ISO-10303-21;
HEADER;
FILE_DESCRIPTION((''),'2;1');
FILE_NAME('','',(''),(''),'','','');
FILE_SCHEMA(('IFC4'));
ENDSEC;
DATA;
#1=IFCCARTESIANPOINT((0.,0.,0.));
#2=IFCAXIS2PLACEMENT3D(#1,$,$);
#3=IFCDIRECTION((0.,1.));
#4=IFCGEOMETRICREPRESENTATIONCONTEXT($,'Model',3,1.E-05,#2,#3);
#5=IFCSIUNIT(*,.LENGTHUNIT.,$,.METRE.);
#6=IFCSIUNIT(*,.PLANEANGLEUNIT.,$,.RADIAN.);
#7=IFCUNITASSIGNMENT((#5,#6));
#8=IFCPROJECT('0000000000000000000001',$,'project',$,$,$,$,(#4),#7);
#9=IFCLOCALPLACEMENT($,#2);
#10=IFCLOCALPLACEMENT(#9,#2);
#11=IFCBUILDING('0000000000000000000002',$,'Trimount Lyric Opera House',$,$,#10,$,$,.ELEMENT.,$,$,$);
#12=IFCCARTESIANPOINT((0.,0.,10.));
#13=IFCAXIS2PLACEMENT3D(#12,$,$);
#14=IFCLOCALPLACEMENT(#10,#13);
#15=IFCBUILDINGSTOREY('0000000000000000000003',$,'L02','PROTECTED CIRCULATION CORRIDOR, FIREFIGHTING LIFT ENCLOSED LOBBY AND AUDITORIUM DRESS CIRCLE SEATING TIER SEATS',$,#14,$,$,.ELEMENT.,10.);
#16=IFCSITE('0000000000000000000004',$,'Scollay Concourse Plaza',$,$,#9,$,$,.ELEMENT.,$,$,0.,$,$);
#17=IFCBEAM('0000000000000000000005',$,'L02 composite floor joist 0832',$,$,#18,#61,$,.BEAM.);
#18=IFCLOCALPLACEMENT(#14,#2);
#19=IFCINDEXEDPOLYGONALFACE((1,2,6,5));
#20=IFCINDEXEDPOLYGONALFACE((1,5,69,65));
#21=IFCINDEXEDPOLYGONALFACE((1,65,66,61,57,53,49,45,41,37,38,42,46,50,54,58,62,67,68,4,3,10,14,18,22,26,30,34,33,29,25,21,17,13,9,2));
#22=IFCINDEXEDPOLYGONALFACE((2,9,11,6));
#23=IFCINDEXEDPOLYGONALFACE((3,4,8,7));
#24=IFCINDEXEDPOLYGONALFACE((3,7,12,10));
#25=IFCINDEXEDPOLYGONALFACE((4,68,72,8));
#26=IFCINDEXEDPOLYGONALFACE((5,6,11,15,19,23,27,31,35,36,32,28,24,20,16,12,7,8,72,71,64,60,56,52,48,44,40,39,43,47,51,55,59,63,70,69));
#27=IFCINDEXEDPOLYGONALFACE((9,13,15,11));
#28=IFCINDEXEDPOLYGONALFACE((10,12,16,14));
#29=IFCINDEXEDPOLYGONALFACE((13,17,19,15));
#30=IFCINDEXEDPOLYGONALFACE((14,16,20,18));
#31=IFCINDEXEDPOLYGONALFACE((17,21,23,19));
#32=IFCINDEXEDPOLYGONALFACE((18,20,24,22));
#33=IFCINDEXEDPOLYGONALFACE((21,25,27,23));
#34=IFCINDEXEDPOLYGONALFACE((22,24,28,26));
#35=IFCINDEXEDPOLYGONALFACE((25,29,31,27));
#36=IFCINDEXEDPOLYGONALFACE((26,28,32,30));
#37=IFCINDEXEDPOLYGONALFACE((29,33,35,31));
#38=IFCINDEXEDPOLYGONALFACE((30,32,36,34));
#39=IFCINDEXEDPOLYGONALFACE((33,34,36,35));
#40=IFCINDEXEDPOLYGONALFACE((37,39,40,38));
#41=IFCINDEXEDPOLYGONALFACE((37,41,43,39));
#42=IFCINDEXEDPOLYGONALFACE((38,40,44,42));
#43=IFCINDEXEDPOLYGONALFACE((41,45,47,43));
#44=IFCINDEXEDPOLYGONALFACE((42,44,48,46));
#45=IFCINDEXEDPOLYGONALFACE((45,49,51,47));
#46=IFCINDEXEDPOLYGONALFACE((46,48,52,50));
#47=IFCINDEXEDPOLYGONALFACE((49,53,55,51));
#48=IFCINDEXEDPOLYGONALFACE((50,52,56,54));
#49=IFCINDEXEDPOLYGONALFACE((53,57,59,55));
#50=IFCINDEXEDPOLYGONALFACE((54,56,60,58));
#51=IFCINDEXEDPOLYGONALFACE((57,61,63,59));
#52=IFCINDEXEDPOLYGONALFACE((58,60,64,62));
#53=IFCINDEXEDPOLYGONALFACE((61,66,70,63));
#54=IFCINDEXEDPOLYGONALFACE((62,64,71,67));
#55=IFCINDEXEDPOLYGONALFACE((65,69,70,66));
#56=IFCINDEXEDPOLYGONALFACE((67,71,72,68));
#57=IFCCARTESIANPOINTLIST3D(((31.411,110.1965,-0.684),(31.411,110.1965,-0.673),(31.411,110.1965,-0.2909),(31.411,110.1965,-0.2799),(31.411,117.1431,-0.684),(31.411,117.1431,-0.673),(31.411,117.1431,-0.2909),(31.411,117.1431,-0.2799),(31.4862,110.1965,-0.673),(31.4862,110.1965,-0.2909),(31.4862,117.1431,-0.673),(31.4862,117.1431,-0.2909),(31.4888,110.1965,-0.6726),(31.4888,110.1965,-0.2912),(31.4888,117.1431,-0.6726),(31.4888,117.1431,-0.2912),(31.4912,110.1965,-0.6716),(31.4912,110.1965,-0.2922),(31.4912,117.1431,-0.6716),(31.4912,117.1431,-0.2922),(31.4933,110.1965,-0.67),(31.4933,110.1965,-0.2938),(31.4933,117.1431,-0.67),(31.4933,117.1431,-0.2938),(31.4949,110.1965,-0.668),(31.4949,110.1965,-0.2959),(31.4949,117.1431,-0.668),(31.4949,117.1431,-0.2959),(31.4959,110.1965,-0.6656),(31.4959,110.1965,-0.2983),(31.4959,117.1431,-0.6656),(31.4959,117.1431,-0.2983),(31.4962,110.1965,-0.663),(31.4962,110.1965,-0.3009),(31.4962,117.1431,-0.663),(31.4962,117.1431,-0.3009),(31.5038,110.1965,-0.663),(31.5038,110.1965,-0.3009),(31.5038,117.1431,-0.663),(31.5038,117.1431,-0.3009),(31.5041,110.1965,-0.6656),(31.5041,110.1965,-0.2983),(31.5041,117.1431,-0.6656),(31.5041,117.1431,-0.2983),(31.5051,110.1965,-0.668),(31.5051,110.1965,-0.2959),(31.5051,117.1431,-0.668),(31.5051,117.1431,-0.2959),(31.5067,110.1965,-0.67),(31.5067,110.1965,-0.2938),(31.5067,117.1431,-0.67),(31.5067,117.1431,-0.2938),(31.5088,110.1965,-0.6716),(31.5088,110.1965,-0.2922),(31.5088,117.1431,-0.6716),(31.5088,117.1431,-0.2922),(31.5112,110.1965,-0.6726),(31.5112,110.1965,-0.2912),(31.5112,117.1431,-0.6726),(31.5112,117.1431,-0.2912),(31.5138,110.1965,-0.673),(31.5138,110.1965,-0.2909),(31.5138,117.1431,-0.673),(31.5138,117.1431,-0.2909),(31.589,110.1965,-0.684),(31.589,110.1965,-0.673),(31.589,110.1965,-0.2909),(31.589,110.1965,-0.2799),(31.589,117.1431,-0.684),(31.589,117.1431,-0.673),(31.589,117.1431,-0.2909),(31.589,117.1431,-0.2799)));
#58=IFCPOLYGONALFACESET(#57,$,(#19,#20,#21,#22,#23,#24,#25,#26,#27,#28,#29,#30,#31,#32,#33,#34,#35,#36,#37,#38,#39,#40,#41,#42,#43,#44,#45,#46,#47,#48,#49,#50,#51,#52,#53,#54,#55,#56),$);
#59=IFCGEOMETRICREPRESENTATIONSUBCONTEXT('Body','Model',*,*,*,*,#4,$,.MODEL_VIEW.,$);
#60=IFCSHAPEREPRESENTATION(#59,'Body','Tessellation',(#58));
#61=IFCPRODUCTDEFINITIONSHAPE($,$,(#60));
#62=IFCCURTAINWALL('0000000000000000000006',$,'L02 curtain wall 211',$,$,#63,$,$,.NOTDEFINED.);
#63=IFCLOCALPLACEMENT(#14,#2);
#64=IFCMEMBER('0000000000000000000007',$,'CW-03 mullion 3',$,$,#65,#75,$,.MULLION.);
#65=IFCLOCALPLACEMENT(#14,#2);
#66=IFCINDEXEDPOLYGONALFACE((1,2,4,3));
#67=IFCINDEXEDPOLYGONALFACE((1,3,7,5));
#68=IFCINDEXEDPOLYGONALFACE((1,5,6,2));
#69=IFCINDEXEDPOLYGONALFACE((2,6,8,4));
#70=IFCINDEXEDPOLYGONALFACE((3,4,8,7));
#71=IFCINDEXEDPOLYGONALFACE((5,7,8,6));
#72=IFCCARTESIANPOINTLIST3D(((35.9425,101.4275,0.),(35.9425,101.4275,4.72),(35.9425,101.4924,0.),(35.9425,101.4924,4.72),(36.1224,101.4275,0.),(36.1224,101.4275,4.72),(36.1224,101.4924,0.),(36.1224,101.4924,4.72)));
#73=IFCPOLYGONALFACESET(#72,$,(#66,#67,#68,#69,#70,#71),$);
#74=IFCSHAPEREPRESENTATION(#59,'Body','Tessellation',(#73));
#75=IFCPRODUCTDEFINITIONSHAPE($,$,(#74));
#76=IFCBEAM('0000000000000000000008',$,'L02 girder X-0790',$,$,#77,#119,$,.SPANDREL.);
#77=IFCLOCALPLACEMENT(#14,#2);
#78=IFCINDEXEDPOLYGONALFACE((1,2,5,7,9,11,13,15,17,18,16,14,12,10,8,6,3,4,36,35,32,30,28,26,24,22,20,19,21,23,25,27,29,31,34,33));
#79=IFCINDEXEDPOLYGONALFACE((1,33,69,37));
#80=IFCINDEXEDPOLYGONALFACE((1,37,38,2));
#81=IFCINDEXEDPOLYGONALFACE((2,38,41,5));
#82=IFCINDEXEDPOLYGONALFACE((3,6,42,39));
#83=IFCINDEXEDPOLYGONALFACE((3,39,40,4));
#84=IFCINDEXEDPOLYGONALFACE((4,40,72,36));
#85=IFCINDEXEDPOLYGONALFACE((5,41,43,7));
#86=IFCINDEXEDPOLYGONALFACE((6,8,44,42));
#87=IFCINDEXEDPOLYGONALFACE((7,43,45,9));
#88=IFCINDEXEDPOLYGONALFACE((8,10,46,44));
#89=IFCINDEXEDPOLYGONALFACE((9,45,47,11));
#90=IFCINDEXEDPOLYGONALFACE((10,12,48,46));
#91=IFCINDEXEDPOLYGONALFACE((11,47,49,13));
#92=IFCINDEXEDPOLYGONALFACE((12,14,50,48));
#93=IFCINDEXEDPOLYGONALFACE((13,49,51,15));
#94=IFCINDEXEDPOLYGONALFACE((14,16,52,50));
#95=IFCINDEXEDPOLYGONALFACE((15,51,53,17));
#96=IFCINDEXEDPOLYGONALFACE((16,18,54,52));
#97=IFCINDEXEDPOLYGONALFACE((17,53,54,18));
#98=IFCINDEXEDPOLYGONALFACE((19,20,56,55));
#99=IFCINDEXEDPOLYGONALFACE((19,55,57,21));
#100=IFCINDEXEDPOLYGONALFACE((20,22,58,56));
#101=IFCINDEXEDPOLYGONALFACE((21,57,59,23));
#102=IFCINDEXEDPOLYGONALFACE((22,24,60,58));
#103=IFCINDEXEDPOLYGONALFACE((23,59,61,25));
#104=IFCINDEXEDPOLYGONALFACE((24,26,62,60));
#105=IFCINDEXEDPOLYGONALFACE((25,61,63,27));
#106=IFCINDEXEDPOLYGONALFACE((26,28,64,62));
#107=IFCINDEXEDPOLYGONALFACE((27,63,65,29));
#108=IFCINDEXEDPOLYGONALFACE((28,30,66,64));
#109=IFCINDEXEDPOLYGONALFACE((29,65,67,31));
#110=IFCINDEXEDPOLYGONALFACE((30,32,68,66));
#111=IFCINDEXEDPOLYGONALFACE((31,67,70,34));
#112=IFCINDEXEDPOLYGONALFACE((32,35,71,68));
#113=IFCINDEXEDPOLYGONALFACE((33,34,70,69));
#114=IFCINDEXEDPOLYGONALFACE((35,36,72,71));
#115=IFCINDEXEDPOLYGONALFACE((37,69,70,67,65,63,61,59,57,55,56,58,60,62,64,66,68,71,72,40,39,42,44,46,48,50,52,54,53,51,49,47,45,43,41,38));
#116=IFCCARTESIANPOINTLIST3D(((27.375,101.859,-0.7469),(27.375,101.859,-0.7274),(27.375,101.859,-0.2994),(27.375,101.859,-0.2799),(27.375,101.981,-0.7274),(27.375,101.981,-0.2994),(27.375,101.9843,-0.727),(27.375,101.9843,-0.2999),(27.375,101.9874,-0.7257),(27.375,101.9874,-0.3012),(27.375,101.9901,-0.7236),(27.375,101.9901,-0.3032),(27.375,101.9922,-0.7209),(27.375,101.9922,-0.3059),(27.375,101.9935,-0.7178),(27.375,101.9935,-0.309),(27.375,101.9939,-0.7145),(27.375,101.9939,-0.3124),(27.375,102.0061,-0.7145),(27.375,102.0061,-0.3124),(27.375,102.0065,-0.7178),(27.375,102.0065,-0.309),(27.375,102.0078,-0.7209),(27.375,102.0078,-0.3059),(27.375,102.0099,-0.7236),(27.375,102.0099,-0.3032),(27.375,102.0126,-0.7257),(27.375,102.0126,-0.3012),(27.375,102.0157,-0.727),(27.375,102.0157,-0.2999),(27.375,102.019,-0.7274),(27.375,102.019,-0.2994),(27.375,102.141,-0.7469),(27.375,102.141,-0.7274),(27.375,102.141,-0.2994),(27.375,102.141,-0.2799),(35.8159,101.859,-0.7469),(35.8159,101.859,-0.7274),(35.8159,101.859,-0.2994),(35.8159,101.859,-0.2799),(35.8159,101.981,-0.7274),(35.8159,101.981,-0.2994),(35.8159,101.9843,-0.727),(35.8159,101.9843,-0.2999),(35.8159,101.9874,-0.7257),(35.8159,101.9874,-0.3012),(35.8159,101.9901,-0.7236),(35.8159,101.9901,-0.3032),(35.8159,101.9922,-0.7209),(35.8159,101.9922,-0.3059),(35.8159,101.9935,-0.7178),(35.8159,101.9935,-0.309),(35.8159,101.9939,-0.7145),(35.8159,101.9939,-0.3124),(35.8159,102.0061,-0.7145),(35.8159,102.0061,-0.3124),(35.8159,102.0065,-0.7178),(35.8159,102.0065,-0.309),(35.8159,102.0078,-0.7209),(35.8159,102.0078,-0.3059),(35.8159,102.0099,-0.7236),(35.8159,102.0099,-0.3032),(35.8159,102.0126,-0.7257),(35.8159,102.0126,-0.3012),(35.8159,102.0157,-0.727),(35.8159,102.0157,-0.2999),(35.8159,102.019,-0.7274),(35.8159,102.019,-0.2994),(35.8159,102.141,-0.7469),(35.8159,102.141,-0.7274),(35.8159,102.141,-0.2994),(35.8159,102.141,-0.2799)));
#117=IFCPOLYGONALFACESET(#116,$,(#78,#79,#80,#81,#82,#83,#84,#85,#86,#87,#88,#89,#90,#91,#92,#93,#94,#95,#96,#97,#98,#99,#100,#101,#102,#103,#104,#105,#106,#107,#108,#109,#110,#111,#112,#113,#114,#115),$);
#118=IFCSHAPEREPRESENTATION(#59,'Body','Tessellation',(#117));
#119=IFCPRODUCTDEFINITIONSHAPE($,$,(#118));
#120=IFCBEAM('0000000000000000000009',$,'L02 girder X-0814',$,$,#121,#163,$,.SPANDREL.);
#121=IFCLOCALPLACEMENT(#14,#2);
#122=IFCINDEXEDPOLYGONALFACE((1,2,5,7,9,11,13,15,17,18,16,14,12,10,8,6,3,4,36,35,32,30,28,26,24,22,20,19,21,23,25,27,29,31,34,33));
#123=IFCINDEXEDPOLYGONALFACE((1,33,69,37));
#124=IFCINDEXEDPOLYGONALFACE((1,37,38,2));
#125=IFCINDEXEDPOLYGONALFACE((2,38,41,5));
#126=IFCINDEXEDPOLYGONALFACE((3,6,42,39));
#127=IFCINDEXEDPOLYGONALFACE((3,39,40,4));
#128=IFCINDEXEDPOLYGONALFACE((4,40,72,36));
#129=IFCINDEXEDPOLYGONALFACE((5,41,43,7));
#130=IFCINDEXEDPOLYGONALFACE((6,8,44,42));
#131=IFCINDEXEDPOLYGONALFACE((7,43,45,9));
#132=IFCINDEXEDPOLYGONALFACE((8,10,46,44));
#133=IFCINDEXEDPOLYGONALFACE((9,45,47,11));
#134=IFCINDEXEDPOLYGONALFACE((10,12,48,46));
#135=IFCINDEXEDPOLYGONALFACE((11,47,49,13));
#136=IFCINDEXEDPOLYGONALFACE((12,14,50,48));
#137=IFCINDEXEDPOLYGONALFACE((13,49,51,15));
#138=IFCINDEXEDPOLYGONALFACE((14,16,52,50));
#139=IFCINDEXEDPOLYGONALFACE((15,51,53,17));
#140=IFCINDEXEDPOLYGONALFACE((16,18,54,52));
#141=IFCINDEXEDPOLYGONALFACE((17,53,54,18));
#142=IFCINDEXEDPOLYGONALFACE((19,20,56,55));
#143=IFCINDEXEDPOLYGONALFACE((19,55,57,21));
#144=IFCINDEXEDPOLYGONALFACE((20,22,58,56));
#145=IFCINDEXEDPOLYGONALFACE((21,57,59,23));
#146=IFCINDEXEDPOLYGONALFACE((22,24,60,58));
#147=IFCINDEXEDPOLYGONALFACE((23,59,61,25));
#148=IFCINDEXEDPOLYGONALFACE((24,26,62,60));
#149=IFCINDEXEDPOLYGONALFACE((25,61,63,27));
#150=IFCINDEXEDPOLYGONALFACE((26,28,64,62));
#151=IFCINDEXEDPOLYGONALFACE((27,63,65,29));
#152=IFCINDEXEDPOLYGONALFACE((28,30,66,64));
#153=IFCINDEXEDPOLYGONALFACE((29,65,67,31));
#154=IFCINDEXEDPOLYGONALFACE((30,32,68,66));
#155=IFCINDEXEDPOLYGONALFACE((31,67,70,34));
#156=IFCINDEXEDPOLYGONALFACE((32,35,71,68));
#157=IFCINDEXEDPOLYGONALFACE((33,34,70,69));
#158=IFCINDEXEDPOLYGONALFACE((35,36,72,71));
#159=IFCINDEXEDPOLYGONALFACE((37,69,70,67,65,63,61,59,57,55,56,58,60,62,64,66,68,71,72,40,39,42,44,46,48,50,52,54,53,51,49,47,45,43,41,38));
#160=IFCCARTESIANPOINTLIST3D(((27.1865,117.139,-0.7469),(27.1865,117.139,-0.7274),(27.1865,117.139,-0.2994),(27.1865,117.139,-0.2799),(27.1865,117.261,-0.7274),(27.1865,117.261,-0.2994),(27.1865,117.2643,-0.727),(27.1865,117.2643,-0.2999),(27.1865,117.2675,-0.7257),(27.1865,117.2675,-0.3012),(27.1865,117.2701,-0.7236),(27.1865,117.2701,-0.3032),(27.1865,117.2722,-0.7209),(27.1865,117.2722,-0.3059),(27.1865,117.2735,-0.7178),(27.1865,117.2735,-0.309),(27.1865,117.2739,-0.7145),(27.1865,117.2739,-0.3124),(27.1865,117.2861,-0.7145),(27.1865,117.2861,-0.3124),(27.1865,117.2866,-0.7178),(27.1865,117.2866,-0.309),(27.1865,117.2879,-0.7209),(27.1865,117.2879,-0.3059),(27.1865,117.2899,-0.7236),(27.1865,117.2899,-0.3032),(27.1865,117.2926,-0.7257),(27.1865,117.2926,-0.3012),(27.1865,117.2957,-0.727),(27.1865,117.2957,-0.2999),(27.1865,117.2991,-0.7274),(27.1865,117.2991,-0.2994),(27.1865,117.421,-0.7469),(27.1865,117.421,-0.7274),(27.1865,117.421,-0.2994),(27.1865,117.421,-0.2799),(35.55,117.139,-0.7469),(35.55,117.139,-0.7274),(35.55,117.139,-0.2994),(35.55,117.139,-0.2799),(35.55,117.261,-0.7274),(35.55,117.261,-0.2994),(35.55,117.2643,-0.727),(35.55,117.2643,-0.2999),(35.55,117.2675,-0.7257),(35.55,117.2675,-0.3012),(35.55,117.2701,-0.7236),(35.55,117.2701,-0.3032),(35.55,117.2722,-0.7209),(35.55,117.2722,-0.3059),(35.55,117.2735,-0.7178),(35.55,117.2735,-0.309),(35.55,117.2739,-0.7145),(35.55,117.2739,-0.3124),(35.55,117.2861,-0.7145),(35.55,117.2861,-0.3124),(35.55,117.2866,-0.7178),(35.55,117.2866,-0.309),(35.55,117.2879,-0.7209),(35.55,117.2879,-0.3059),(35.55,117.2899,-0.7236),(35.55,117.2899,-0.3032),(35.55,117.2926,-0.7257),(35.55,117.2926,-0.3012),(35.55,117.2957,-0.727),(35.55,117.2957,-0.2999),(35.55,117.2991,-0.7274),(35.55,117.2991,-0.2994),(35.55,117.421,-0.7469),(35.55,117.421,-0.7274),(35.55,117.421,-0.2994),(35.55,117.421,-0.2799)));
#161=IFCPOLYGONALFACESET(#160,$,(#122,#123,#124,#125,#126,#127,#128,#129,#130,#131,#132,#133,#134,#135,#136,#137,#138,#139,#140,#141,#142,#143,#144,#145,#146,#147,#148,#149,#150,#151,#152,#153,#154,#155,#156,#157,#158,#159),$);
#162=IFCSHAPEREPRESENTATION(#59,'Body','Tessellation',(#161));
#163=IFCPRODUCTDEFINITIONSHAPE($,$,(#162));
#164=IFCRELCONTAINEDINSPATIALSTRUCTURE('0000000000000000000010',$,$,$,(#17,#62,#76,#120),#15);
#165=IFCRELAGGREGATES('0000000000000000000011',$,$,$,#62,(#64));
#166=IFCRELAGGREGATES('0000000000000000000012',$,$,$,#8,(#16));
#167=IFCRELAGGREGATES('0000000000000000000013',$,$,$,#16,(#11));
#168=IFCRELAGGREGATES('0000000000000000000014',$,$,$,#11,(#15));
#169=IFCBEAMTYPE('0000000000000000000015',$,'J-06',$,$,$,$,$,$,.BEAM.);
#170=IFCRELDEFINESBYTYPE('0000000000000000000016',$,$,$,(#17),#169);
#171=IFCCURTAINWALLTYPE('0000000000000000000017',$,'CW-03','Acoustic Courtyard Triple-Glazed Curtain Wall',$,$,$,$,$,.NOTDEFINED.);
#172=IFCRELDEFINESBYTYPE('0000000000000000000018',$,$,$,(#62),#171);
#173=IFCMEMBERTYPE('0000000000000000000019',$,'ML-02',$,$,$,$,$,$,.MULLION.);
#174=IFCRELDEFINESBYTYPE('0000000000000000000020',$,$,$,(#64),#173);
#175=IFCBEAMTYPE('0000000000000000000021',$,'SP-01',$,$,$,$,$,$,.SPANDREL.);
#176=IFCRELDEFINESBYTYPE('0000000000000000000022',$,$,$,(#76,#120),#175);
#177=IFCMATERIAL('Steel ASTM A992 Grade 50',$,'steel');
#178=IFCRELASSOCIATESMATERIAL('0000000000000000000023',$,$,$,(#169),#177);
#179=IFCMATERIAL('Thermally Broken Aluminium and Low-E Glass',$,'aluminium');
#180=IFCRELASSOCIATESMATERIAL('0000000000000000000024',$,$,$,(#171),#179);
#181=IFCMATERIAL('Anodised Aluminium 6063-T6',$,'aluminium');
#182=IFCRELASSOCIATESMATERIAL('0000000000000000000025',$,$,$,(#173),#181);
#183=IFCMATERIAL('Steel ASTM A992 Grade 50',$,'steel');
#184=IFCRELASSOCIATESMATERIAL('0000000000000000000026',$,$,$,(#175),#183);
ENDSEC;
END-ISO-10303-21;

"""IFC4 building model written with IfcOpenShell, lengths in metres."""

from ifc_helpers import new_model, si_unit, direction, frame, origin, origin_2d, place, context, subcontext, project, spatial, rectangle, i_section, extrude, material, material_profile, profile_set, type_object, element, aggregate, save


model = new_model("IFC4")

# Units and contexts
model_context = context("Model", 3, precision=1e-05, world=origin(), true_north=direction((0.0, 1.0)))
body_context = subcontext(model_context, "Body", "Model", "MODEL_VIEW")
ifc_project = project(units=[si_unit("LENGTHUNIT", "METRE"), si_unit("PLANEANGLEUNIT", "RADIAN")], contexts=[model_context])

# Site, building, storey
site_placement = place(None, origin())
site = spatial("IfcSite", under=ifc_project, at=site_placement, Name="Scollay Concourse Plaza", CompositionType="ELEMENT", RefElevation=0.0)
building_placement = place(site_placement, origin())
building = spatial("IfcBuilding", under=site, at=building_placement, Name="Trimount Lyric Opera House", CompositionType="ELEMENT")
storey_placement = place(building_placement, frame((0.0, 0.0, 10.0)))
storey = spatial("IfcBuildingStorey", under=building, at=storey_placement, Name="L02", Description="PROTECTED CIRCULATION CORRIDOR, FIREFIGHTING LIFT ENCLOSED LOBBY AND AUDITORIUM DRESS CIRCLE SEATING TIER SEATS", CompositionType="ELEMENT", Elevation=10.0)

# Beam
ifc_material_1 = material(Name="Steel ASTM A992 Grade 50", Category="steel")
ifc_material_profile_1 = material_profile(ifc_material_1, i_section(OverallWidth=0.178, OverallDepth=0.4041, WebThickness=0.0076, FlangeThickness=0.011, FilletRadius=0.01, at=origin_2d()), Name="W16X36")
ifc_profile_set_1 = profile_set([ifc_material_profile_1], Name="Steel ASTM A992 Grade 50")
beam_type_1 = type_object("IfcBeamType", Name="J-06", PredefinedType="BEAM", material=ifc_profile_set_1)
beam_1_placement = place(storey_placement, frame((31.5, 110.1965, -0.4819), z_axis=(0.0, 1.0, 0.0), x_axis=(-1.0, 0.0, 0.0)))
element("IfcBeam", 1, at=beam_1_placement, inside=storey, type_object=beam_type_1, Name="L02 composite floor joist 0832", PredefinedType="BEAM", context=body_context, shape_type="SweptSolid", body=[
    extrude(i_section(OverallWidth=0.178, OverallDepth=0.4041, WebThickness=0.0076, FlangeThickness=0.011, FilletRadius=0.01, at=origin_2d()), origin(), (0.0, 0.0, 1.0), 6.9465),
])

# Curtain wall, member
ifc_material_2 = material(Name="Thermally Broken Aluminium and Low-E Glass", Category="aluminium")
curtain_wall_type = type_object("IfcCurtainWallType", Name="CW-03", Description="Acoustic Courtyard Triple-Glazed Curtain Wall", PredefinedType="NOTDEFINED", material=ifc_material_2)
curtain_wall_placement = place(storey_placement, origin())
curtain_wall = element("IfcCurtainWall", 2, at=curtain_wall_placement, inside=storey, type_object=curtain_wall_type, Name="L02 curtain wall 211", PredefinedType="NOTDEFINED")
ifc_material_3 = material(Name="Anodised Aluminium 6063-T6", Category="aluminium")
ifc_material_profile_2 = material_profile(ifc_material_3, rectangle(XDim=0.0649, YDim=0.1799, at=origin_2d()), Name="ALU-MULL-65X180")
ifc_profile_set_2 = profile_set([ifc_material_profile_2], Name="Anodised Aluminium 6063-T6")
member_type = type_object("IfcMemberType", Name="ML-02", PredefinedType="MULLION", material=ifc_profile_set_2)
member_placement = place(storey_placement, frame((36.0325, 101.46, 0.0), z_axis=(0.0, 0.0, 1.0), x_axis=(0.0, -1.0, 0.0)))
member = element("IfcMember", 3, at=member_placement, type_object=member_type, Name="CW-03 mullion 3", PredefinedType="MULLION", context=body_context, shape_type="SweptSolid", body=[
    extrude(rectangle(XDim=0.0649, YDim=0.1799, at=origin_2d()), origin(), (0.0, 0.0, 1.0), 4.72),
])
aggregate(curtain_wall, [member])

# Beams
ifc_material_4 = material(Name="Steel ASTM A992 Grade 50", Category="steel")
ifc_material_profile_3 = material_profile(ifc_material_4, i_section(OverallWidth=0.282, OverallDepth=0.467, WebThickness=0.0122, FlangeThickness=0.0195, FilletRadius=0.0129, at=origin_2d()), Name="W18X86")
ifc_profile_set_3 = profile_set([ifc_material_profile_3], Name="Steel ASTM A992 Grade 50")
beam_type_2 = type_object("IfcBeamType", Name="SP-01", PredefinedType="SPANDREL", material=ifc_profile_set_3)
beam_2_placement = place(storey_placement, frame((27.375, 102.0, -0.5134), z_axis=(1.0, 0.0, 0.0), x_axis=(0.0, 1.0, 0.0)))
element("IfcBeam", 4, at=beam_2_placement, inside=storey, type_object=beam_type_2, Name="L02 girder X-0790", PredefinedType="SPANDREL", context=body_context, shape_type="SweptSolid", body=[
    extrude(i_section(OverallWidth=0.282, OverallDepth=0.467, WebThickness=0.0122, FlangeThickness=0.0195, FilletRadius=0.0129, at=origin_2d()), origin(), (0.0, 0.0, 1.0), 8.4409),
])
beam_3_placement = place(storey_placement, frame((27.1865, 117.28, -0.5134), z_axis=(1.0, 0.0, 0.0), x_axis=(0.0, 1.0, 0.0)))
element("IfcBeam", 5, at=beam_3_placement, inside=storey, type_object=beam_type_2, Name="L02 girder X-0814", PredefinedType="SPANDREL", context=body_context, shape_type="SweptSolid", body=[
    extrude(i_section(OverallWidth=0.282, OverallDepth=0.467, WebThickness=0.0122, FlangeThickness=0.0195, FilletRadius=0.0129, at=origin_2d()), origin(), (0.0, 0.0, 1.0), 8.3635),
])

save(model, "model.ifc")
